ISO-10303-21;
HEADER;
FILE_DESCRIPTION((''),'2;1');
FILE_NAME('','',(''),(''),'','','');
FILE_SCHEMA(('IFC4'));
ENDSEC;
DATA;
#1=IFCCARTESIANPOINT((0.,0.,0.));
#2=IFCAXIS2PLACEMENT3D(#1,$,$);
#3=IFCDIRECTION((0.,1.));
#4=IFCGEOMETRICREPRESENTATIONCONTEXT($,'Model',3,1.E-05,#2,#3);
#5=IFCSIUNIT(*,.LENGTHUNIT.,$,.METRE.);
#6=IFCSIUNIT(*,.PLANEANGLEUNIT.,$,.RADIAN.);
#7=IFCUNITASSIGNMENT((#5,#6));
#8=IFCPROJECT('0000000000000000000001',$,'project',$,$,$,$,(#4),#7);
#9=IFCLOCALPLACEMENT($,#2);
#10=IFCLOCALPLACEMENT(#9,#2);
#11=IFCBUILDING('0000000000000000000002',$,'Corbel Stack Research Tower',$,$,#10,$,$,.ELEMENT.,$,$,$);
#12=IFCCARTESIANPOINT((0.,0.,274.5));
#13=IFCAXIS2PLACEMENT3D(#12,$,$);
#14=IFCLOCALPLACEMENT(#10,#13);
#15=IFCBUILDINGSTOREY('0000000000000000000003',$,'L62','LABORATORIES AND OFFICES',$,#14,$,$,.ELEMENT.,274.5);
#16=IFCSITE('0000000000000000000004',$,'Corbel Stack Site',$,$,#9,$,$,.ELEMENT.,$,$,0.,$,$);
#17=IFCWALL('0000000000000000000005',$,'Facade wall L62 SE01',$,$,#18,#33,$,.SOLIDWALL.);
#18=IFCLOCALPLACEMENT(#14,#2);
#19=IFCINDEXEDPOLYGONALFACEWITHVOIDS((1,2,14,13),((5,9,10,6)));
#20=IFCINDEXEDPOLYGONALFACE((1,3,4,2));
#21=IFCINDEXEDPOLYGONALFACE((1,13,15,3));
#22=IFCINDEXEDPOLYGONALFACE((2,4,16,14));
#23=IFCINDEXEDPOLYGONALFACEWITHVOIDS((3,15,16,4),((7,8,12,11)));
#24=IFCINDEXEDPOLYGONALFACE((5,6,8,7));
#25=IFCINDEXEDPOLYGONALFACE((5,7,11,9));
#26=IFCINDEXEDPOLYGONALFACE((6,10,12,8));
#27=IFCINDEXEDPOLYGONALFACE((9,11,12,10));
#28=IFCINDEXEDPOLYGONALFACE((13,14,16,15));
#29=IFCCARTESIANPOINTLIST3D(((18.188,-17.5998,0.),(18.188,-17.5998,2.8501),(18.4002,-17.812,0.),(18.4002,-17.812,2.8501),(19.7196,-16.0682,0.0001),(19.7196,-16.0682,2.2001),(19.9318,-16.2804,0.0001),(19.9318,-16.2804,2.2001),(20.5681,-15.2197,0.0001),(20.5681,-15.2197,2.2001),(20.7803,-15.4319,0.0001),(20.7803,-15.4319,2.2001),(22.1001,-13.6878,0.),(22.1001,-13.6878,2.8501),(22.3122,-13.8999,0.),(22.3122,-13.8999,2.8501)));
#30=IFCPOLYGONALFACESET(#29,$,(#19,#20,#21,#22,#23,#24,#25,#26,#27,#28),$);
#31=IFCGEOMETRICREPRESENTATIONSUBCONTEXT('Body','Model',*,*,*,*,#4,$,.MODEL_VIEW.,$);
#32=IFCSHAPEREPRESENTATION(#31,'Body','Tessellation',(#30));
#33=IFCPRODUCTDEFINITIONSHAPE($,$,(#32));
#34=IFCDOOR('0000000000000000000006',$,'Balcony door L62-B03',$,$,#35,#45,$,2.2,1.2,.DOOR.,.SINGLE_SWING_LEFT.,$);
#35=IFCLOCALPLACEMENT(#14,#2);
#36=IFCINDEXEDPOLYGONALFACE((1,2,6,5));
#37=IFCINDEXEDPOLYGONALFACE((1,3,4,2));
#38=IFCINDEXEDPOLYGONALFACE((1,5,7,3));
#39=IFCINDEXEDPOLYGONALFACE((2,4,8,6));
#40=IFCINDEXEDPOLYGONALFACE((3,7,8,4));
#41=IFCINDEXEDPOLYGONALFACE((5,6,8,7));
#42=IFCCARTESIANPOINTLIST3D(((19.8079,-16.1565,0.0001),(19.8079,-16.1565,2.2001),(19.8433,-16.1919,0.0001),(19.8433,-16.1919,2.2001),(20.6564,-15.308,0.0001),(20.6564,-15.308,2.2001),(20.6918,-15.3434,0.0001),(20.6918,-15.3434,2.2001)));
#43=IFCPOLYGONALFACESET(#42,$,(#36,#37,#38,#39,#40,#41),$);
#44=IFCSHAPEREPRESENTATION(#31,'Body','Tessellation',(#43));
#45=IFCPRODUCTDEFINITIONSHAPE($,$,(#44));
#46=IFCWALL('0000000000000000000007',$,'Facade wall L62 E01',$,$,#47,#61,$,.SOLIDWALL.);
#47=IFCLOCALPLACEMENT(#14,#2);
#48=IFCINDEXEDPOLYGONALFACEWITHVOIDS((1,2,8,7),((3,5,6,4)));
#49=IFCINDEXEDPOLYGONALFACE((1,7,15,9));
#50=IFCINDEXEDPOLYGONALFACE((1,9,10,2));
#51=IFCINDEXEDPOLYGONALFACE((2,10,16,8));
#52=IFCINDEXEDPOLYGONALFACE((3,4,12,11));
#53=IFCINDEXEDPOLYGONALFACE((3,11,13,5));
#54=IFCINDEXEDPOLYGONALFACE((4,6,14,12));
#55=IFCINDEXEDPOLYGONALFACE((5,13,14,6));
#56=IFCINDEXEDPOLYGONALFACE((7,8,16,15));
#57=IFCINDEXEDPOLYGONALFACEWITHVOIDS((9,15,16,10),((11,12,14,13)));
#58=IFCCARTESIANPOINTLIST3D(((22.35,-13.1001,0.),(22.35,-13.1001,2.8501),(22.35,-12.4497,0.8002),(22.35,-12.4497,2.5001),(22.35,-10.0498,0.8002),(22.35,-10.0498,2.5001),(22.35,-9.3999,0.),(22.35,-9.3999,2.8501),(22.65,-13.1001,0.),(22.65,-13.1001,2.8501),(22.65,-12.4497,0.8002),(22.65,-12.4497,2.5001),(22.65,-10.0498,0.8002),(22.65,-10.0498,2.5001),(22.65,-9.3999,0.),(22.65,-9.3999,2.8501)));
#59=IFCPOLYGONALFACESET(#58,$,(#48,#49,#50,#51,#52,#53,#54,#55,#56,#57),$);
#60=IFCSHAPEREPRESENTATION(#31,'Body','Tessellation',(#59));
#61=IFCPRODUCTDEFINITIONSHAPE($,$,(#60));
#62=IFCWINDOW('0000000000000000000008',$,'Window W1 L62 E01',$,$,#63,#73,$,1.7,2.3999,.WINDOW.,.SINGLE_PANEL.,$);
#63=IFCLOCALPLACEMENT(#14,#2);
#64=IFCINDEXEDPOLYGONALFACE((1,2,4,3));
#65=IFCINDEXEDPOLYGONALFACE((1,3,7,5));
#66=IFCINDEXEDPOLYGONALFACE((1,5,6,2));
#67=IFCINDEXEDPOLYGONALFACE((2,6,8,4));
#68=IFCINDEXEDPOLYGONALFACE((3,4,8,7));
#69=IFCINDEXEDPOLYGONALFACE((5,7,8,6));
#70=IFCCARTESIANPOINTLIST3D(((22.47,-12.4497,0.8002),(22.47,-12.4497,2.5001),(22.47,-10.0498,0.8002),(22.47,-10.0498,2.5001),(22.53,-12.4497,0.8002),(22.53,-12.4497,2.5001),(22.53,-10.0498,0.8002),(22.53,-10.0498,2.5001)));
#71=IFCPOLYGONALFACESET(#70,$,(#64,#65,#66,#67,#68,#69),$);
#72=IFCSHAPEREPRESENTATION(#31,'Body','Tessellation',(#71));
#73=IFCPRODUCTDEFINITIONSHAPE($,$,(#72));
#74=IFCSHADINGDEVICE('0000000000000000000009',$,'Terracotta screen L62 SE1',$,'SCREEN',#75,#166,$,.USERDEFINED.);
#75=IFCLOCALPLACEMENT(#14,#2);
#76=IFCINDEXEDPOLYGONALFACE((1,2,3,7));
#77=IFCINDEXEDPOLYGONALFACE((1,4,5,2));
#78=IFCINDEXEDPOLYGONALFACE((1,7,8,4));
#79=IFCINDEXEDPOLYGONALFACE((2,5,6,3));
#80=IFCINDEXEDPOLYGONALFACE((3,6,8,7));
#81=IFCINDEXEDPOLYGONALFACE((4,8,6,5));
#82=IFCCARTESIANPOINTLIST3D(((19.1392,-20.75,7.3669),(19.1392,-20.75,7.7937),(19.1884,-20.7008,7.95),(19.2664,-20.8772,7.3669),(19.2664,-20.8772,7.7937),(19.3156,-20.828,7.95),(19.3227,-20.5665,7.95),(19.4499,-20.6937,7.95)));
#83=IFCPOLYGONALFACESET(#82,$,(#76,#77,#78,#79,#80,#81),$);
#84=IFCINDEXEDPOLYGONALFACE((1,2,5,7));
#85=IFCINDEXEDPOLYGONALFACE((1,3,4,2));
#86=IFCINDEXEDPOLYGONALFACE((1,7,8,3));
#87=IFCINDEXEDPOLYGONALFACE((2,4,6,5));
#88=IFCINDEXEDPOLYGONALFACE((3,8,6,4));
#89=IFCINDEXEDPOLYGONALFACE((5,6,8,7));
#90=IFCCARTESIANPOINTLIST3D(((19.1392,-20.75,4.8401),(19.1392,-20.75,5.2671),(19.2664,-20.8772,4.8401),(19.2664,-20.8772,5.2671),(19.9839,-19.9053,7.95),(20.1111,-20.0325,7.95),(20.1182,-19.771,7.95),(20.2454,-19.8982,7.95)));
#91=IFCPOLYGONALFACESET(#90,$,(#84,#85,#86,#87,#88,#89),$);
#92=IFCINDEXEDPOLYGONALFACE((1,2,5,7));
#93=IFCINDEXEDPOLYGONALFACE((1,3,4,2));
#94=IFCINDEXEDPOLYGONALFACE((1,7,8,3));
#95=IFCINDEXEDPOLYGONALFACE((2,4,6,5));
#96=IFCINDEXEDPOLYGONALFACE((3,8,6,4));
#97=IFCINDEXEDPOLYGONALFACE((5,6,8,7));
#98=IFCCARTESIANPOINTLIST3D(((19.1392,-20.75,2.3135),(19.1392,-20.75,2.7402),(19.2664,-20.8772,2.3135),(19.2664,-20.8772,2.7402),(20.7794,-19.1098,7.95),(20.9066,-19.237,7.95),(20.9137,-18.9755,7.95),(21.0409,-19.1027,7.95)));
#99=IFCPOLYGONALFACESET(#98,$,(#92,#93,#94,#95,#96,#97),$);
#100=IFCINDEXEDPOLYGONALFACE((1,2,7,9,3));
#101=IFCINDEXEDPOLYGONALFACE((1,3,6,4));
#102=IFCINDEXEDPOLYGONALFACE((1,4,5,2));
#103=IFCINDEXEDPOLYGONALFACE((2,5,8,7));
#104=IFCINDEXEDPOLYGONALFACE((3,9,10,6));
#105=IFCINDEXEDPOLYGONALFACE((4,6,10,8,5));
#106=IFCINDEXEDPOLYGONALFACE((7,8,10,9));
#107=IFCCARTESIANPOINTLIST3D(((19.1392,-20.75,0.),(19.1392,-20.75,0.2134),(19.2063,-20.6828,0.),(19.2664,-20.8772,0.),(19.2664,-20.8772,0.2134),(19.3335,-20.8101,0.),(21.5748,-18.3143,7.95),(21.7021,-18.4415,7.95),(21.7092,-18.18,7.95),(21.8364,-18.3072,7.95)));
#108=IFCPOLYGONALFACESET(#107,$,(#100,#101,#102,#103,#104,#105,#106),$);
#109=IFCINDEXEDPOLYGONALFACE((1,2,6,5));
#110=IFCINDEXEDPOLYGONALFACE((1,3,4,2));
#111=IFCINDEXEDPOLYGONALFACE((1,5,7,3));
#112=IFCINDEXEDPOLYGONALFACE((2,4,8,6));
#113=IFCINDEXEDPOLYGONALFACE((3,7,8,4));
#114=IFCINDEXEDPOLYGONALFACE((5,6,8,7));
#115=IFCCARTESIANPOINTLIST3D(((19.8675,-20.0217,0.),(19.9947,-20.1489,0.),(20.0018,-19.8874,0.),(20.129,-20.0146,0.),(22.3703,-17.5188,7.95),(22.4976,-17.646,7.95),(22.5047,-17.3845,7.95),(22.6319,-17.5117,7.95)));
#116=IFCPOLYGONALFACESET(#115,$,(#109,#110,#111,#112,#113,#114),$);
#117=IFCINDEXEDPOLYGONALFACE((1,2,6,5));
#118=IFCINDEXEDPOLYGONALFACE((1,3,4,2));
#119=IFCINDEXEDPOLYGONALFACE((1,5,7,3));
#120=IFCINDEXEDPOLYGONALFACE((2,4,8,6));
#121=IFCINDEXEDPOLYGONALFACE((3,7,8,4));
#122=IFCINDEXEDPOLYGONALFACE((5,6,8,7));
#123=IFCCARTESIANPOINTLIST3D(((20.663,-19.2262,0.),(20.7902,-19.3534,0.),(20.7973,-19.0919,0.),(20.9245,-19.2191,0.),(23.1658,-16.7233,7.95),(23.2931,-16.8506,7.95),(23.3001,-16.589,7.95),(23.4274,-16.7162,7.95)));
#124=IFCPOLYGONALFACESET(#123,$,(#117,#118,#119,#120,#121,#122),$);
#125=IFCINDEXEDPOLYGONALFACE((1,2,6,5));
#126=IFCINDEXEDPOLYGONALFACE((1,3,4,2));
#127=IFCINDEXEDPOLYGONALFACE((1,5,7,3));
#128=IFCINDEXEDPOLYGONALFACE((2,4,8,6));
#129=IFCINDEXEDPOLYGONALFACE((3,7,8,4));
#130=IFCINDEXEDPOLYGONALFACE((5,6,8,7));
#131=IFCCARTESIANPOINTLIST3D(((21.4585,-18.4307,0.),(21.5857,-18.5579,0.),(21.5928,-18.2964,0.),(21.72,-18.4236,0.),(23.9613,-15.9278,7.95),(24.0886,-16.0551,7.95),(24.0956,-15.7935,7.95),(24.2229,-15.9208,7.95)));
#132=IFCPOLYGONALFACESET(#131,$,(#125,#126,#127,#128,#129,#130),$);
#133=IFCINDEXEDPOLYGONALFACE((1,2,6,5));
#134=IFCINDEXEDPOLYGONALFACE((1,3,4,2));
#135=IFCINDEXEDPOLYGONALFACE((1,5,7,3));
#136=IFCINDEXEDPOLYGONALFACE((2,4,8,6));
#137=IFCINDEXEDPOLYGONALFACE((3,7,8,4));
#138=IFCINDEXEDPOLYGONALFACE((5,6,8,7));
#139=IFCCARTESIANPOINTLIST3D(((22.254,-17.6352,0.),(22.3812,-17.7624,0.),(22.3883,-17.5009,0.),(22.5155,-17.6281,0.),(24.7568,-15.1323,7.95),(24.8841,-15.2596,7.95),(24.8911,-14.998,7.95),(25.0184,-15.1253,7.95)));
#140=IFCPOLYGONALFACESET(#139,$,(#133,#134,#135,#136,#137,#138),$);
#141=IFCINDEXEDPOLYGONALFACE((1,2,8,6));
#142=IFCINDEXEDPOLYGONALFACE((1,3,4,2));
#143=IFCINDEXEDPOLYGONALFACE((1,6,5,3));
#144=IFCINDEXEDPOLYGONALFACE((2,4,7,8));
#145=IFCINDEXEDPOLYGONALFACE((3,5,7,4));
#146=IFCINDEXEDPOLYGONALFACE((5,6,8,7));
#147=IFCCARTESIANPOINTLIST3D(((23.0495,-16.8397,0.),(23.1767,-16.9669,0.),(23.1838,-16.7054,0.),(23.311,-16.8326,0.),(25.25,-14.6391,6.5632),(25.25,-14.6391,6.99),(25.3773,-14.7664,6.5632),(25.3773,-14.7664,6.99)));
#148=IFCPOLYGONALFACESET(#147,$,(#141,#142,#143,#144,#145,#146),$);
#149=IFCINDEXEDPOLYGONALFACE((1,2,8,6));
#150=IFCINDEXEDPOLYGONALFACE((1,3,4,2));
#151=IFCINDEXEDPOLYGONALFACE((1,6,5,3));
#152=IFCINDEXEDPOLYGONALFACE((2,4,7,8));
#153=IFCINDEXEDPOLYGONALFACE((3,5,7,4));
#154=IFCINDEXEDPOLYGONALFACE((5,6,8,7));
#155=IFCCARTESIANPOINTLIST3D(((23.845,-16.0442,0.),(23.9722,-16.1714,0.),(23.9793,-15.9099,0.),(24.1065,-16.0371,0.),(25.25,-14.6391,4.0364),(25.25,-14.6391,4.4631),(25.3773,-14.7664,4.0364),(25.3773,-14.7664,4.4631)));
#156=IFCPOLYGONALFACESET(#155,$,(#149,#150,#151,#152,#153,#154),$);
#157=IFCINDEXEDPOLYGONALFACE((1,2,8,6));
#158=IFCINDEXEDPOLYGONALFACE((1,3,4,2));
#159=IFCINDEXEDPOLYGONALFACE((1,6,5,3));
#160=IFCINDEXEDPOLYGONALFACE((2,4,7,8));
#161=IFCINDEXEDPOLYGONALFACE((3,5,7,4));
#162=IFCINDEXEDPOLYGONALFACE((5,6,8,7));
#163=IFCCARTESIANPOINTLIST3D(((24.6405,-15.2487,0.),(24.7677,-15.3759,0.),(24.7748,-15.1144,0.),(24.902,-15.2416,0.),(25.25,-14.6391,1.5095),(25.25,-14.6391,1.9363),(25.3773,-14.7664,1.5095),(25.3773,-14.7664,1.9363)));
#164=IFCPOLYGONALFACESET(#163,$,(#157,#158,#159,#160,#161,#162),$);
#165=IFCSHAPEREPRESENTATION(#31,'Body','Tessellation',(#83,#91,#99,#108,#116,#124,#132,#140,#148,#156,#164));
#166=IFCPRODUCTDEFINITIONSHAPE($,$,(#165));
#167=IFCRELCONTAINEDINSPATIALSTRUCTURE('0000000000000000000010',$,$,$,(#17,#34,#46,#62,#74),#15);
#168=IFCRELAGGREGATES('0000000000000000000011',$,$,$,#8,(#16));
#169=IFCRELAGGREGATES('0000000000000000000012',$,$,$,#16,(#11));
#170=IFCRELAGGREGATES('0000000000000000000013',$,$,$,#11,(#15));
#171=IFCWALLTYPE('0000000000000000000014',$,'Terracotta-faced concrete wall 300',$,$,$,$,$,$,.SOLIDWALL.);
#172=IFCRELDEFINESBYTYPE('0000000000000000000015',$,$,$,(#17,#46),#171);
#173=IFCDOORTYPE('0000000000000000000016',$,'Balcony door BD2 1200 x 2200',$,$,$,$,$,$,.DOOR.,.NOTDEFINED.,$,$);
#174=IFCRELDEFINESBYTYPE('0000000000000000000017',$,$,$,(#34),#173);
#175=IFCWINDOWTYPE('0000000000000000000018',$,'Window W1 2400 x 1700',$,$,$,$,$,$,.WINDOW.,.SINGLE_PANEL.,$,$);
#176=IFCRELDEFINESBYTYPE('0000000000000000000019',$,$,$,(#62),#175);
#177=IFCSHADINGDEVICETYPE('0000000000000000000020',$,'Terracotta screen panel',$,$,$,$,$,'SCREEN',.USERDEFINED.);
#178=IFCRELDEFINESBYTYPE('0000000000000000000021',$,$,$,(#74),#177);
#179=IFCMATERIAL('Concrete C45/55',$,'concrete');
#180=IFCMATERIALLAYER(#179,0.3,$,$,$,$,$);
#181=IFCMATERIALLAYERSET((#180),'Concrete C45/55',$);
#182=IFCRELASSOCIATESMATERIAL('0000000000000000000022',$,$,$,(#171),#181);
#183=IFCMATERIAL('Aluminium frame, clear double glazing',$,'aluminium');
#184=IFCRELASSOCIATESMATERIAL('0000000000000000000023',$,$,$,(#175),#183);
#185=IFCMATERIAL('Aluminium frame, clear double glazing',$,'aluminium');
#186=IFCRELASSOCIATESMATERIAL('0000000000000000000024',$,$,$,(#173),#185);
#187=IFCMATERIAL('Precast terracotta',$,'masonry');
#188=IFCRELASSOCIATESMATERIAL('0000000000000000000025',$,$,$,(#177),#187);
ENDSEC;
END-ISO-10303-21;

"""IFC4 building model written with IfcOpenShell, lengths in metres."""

from ifc_helpers import new_model, si_unit, direction, frame, frame_2d, origin, place, context, subcontext, project, spatial, polyline, rectangle, outline, extrude, source, transform, mapped, material, layer, layer_set, type_object, element, fill, save


model = new_model("IFC4")

# Units and contexts
model_context = context("Model", 3, precision=1e-05, world=origin(), true_north=direction((0.0, 1.0)))
body_context = subcontext(model_context, "Body", "Model", "MODEL_VIEW")
ifc_project = project(units=[si_unit("LENGTHUNIT", "METRE"), si_unit("PLANEANGLEUNIT", "RADIAN")], contexts=[model_context])

# Site, building, storey
site_placement = place(None, origin())
site = spatial("IfcSite", under=ifc_project, at=site_placement, Name="Corbel Stack Site", CompositionType="ELEMENT", RefElevation=0.0)
building_placement = place(site_placement, origin())
building = spatial("IfcBuilding", under=site, at=building_placement, Name="Corbel Stack Research Tower", CompositionType="ELEMENT")
storey_placement = place(building_placement, frame((0.0, 0.0, 274.5)))
storey = spatial("IfcBuildingStorey", under=building, at=storey_placement, Name="L62", Description="LABORATORIES AND OFFICES", CompositionType="ELEMENT", Elevation=274.5)

# Shared definitions
ifc_material_1 = material(Name="Concrete C45/55", Category="concrete")
ifc_layer_1 = layer(ifc_material_1, 0.3)
ifc_layer_set_1 = layer_set([ifc_layer_1], Name="Concrete C45/55")
wall_type_1 = type_object("IfcWallType", Name="Terracotta-faced concrete wall 300", PredefinedType="SOLIDWALL", material=ifc_layer_set_1)

# Shared definitions
ifc_material_2 = material(Name="Aluminium frame, clear double glazing", Category="aluminium")
window_type = type_object("IfcWindowType", Name="Window W1 2400 x 1700", PartitioningType="SINGLE_PANEL", PredefinedType="WINDOW", material=ifc_material_2)

# Wall, opening, door
wall_1_placement = place(storey_placement, frame((22.2061, -13.7939, 0.0), z_axis=(0.0, 0.0, 1.0), x_axis=(-0.707107, -0.707107, 0.0)))
wall_1 = element("IfcWall", 1, at=wall_1_placement, inside=storey, type_object=wall_type_1, Name="Facade wall L62 SE01", PredefinedType="SOLIDWALL", context=body_context, shape_type="SweptSolid", body=[
    extrude(rectangle(XDim=5.5325, YDim=0.3, at=frame_2d((2.7661, 0.0))), origin(), (0.0, 0.0, 1.0), 2.8501),
])
opening_1_placement = place(wall_1_placement, frame((2.1663, 0.0, 0.0)))
opening_1 = element("IfcOpeningElement", 2, at=opening_1_placement, cuts=wall_1, PredefinedType="OPENING", context=body_context, shape_type="SweptSolid", body=[
    extrude(rectangle(XDim=1.2, YDim=2.2, at=frame_2d((0.6001, 1.1001))), frame((0.0, 0.1599, 0.0), z_axis=(0.0, -1.0, 0.0), x_axis=(1.0, 0.0, 0.0)), (0.0, 0.0, 1.0), 0.3201),
])
ifc_material_3 = material(Name="Aluminium frame, clear double glazing", Category="aluminium")
door_type_1 = type_object("IfcDoorType", Name="Balcony door BD2 1200 x 2200", OperationType="NOTDEFINED", PredefinedType="DOOR", material=ifc_material_3)
door_1_placement = place(opening_1_placement, origin())
door_1 = element("IfcDoor", 3, at=door_1_placement, inside=storey, type_object=door_type_1, Name="Balcony door L62-B03", OperationType="SINGLE_SWING_LEFT", OverallHeight=2.2, OverallWidth=1.2, PredefinedType="DOOR", context=body_context, shape_type="SweptSolid", body=[
    extrude(rectangle(XDim=1.2, YDim=2.2, at=frame_2d((0.6001, 1.1001))), frame((0.0, 0.0249, 0.0), z_axis=(0.0, -1.0, 0.0), x_axis=(1.0, 0.0, 0.0)), (0.0, 0.0, 1.0), 0.05),
])
fill(opening_1, door_1)

# Wall, opening, window
wall_2_placement = place(storey_placement, frame((22.5, -9.3999, 0.0), z_axis=(0.0, 0.0, 1.0), x_axis=(0.0, -1.0, 0.0)))
wall_2 = element("IfcWall", 4, at=wall_2_placement, inside=storey, type_object=wall_type_1, Name="Facade wall L62 E01", PredefinedType="SOLIDWALL", context=body_context, shape_type="SweptSolid", body=[
    extrude(rectangle(XDim=3.7002, YDim=0.3, at=frame_2d((1.8501, 0.0))), origin(), (0.0, 0.0, 1.0), 2.8501),
])
opening_2_placement = place(wall_2_placement, frame((0.6499, 0.0, 0.8)))
opening_2 = element("IfcOpeningElement", 5, at=opening_2_placement, cuts=wall_2, PredefinedType="OPENING", context=body_context, shape_type="SweptSolid", body=[
    extrude(rectangle(XDim=2.3999, YDim=1.7, at=frame_2d((1.2, 0.8501))), frame((0.0, 0.1599, 0.0), z_axis=(0.0, -1.0, 0.0), x_axis=(1.0, 0.0, 0.0)), (0.0, 0.0, 1.0), 0.3201),
])
window_1_placement = place(opening_2_placement, origin())
window_1 = element("IfcWindow", 6, at=window_1_placement, inside=storey, type_object=window_type, Name="Window W1 L62 E01", OverallHeight=1.7, OverallWidth=2.3999, PartitioningType="SINGLE_PANEL", PredefinedType="WINDOW", context=body_context, shape_type="SweptSolid", body=[
    extrude(rectangle(XDim=2.3999, YDim=1.7, at=frame_2d((1.2, 0.8501))), frame((0.0, 0.03, 0.0), z_axis=(0.0, -1.0, 0.0), x_axis=(1.0, 0.0, 0.0)), (0.0, 0.0, 1.0), 0.0601),
])
fill(opening_2, window_1)

# Shading device
ifc_material_4 = material(Name="Precast terracotta", Category="masonry")
shading_device_type = type_object("IfcShadingDeviceType", Name="Terracotta screen panel", ElementType="SCREEN", PredefinedType="USERDEFINED", material=ifc_material_4)
shared_shape_1 = source(origin(), body_context, "Body", "SweptSolid", [
    extrude(outline(polyline([(0.2595, 7.95), (0.0696, 7.95), (0.0, 7.7937), (0.0, 7.3669), (0.2595, 7.95)])), frame((0.0, 0.0, 0.0), z_axis=(0.0, -1.0, 0.0), x_axis=(1.0, 0.0, 0.0)), (0.0, 0.0, 1.0), 0.1799),
    extrude(outline(polyline([(1.3845, 7.95), (1.1946, 7.95), (0.0, 5.2671), (0.0, 4.8401), (1.3845, 7.95)])), frame((0.0, 0.0, 0.0), z_axis=(0.0, -1.0, 0.0), x_axis=(1.0, 0.0, 0.0)), (0.0, 0.0, 1.0), 0.1799),
    extrude(outline(polyline([(2.5095, 7.95), (2.3196, 7.95), (0.0, 2.7402), (0.0, 2.3135), (2.5095, 7.95)])), frame((0.0, 0.0, 0.0), z_axis=(0.0, -1.0, 0.0), x_axis=(1.0, 0.0, 0.0)), (0.0, 0.0, 1.0), 0.1799),
    extrude(outline(polyline([(0.095, 0.0), (3.6345, 7.95), (3.4446, 7.95), (0.0, 0.2134), (0.0, 0.0), (0.095, 0.0)])), frame((0.0, 0.0, 0.0), z_axis=(0.0, -1.0, 0.0), x_axis=(1.0, 0.0, 0.0)), (0.0, 0.0, 1.0), 0.1799),
    extrude(outline(polyline([(1.22, 0.0), (4.7595, 7.95), (4.5696, 7.95), (1.03, 0.0), (1.22, 0.0)])), frame((0.0, 0.0, 0.0), z_axis=(0.0, -1.0, 0.0), x_axis=(1.0, 0.0, 0.0)), (0.0, 0.0, 1.0), 0.1799),
    extrude(outline(polyline([(2.345, 0.0), (5.8845, 7.95), (5.6946, 7.95), (2.155, 0.0), (2.345, 0.0)])), frame((0.0, 0.0, 0.0), z_axis=(0.0, -1.0, 0.0), x_axis=(1.0, 0.0, 0.0)), (0.0, 0.0, 1.0), 0.1799),
    extrude(outline(polyline([(3.47, 0.0), (7.0095, 7.95), (6.8196, 7.95), (3.28, 0.0), (3.47, 0.0)])), frame((0.0, 0.0, 0.0), z_axis=(0.0, -1.0, 0.0), x_axis=(1.0, 0.0, 0.0)), (0.0, 0.0, 1.0), 0.1799),
    extrude(outline(polyline([(4.595, 0.0), (8.1345, 7.95), (7.9446, 7.95), (4.405, 0.0), (4.595, 0.0)])), frame((0.0, 0.0, 0.0), z_axis=(0.0, -1.0, 0.0), x_axis=(1.0, 0.0, 0.0)), (0.0, 0.0, 1.0), 0.1799),
    extrude(outline(polyline([(5.72, 0.0), (8.6421, 6.5632), (8.6421, 6.99), (5.53, 0.0), (5.72, 0.0)])), frame((0.0, 0.0, 0.0), z_axis=(0.0, -1.0, 0.0), x_axis=(1.0, 0.0, 0.0)), (0.0, 0.0, 1.0), 0.1799),
    extrude(outline(polyline([(6.845, 0.0), (8.6421, 4.0364), (8.6421, 4.4631), (6.655, 0.0), (6.845, 0.0)])), frame((0.0, 0.0, 0.0), z_axis=(0.0, -1.0, 0.0), x_axis=(1.0, 0.0, 0.0)), (0.0, 0.0, 1.0), 0.1799),
    extrude(outline(polyline([(7.97, 0.0), (8.6421, 1.5095), (8.6421, 1.9363), (7.78, 0.0), (7.97, 0.0)])), frame((0.0, 0.0, 0.0), z_axis=(0.0, -1.0, 0.0), x_axis=(1.0, 0.0, 0.0)), (0.0, 0.0, 1.0), 0.1799),
])
shading_device_1_placement = place(storey_placement, frame((19.1392, -20.75, 0.0), z_axis=(0.0, 0.0, 1.0), x_axis=(0.707107, 0.707107, 0.0)))
element("IfcShadingDevice", 7, at=shading_device_1_placement, inside=storey, type_object=shading_device_type, Name="Terracotta screen L62 SE1", ObjectType="SCREEN", PredefinedType="USERDEFINED", context=body_context, shape_type="MappedRepresentation", body=[
    mapped(shared_shape_1, transform((0.0, 0.0, 0.0))),
])

save(model, "model.ifc")
